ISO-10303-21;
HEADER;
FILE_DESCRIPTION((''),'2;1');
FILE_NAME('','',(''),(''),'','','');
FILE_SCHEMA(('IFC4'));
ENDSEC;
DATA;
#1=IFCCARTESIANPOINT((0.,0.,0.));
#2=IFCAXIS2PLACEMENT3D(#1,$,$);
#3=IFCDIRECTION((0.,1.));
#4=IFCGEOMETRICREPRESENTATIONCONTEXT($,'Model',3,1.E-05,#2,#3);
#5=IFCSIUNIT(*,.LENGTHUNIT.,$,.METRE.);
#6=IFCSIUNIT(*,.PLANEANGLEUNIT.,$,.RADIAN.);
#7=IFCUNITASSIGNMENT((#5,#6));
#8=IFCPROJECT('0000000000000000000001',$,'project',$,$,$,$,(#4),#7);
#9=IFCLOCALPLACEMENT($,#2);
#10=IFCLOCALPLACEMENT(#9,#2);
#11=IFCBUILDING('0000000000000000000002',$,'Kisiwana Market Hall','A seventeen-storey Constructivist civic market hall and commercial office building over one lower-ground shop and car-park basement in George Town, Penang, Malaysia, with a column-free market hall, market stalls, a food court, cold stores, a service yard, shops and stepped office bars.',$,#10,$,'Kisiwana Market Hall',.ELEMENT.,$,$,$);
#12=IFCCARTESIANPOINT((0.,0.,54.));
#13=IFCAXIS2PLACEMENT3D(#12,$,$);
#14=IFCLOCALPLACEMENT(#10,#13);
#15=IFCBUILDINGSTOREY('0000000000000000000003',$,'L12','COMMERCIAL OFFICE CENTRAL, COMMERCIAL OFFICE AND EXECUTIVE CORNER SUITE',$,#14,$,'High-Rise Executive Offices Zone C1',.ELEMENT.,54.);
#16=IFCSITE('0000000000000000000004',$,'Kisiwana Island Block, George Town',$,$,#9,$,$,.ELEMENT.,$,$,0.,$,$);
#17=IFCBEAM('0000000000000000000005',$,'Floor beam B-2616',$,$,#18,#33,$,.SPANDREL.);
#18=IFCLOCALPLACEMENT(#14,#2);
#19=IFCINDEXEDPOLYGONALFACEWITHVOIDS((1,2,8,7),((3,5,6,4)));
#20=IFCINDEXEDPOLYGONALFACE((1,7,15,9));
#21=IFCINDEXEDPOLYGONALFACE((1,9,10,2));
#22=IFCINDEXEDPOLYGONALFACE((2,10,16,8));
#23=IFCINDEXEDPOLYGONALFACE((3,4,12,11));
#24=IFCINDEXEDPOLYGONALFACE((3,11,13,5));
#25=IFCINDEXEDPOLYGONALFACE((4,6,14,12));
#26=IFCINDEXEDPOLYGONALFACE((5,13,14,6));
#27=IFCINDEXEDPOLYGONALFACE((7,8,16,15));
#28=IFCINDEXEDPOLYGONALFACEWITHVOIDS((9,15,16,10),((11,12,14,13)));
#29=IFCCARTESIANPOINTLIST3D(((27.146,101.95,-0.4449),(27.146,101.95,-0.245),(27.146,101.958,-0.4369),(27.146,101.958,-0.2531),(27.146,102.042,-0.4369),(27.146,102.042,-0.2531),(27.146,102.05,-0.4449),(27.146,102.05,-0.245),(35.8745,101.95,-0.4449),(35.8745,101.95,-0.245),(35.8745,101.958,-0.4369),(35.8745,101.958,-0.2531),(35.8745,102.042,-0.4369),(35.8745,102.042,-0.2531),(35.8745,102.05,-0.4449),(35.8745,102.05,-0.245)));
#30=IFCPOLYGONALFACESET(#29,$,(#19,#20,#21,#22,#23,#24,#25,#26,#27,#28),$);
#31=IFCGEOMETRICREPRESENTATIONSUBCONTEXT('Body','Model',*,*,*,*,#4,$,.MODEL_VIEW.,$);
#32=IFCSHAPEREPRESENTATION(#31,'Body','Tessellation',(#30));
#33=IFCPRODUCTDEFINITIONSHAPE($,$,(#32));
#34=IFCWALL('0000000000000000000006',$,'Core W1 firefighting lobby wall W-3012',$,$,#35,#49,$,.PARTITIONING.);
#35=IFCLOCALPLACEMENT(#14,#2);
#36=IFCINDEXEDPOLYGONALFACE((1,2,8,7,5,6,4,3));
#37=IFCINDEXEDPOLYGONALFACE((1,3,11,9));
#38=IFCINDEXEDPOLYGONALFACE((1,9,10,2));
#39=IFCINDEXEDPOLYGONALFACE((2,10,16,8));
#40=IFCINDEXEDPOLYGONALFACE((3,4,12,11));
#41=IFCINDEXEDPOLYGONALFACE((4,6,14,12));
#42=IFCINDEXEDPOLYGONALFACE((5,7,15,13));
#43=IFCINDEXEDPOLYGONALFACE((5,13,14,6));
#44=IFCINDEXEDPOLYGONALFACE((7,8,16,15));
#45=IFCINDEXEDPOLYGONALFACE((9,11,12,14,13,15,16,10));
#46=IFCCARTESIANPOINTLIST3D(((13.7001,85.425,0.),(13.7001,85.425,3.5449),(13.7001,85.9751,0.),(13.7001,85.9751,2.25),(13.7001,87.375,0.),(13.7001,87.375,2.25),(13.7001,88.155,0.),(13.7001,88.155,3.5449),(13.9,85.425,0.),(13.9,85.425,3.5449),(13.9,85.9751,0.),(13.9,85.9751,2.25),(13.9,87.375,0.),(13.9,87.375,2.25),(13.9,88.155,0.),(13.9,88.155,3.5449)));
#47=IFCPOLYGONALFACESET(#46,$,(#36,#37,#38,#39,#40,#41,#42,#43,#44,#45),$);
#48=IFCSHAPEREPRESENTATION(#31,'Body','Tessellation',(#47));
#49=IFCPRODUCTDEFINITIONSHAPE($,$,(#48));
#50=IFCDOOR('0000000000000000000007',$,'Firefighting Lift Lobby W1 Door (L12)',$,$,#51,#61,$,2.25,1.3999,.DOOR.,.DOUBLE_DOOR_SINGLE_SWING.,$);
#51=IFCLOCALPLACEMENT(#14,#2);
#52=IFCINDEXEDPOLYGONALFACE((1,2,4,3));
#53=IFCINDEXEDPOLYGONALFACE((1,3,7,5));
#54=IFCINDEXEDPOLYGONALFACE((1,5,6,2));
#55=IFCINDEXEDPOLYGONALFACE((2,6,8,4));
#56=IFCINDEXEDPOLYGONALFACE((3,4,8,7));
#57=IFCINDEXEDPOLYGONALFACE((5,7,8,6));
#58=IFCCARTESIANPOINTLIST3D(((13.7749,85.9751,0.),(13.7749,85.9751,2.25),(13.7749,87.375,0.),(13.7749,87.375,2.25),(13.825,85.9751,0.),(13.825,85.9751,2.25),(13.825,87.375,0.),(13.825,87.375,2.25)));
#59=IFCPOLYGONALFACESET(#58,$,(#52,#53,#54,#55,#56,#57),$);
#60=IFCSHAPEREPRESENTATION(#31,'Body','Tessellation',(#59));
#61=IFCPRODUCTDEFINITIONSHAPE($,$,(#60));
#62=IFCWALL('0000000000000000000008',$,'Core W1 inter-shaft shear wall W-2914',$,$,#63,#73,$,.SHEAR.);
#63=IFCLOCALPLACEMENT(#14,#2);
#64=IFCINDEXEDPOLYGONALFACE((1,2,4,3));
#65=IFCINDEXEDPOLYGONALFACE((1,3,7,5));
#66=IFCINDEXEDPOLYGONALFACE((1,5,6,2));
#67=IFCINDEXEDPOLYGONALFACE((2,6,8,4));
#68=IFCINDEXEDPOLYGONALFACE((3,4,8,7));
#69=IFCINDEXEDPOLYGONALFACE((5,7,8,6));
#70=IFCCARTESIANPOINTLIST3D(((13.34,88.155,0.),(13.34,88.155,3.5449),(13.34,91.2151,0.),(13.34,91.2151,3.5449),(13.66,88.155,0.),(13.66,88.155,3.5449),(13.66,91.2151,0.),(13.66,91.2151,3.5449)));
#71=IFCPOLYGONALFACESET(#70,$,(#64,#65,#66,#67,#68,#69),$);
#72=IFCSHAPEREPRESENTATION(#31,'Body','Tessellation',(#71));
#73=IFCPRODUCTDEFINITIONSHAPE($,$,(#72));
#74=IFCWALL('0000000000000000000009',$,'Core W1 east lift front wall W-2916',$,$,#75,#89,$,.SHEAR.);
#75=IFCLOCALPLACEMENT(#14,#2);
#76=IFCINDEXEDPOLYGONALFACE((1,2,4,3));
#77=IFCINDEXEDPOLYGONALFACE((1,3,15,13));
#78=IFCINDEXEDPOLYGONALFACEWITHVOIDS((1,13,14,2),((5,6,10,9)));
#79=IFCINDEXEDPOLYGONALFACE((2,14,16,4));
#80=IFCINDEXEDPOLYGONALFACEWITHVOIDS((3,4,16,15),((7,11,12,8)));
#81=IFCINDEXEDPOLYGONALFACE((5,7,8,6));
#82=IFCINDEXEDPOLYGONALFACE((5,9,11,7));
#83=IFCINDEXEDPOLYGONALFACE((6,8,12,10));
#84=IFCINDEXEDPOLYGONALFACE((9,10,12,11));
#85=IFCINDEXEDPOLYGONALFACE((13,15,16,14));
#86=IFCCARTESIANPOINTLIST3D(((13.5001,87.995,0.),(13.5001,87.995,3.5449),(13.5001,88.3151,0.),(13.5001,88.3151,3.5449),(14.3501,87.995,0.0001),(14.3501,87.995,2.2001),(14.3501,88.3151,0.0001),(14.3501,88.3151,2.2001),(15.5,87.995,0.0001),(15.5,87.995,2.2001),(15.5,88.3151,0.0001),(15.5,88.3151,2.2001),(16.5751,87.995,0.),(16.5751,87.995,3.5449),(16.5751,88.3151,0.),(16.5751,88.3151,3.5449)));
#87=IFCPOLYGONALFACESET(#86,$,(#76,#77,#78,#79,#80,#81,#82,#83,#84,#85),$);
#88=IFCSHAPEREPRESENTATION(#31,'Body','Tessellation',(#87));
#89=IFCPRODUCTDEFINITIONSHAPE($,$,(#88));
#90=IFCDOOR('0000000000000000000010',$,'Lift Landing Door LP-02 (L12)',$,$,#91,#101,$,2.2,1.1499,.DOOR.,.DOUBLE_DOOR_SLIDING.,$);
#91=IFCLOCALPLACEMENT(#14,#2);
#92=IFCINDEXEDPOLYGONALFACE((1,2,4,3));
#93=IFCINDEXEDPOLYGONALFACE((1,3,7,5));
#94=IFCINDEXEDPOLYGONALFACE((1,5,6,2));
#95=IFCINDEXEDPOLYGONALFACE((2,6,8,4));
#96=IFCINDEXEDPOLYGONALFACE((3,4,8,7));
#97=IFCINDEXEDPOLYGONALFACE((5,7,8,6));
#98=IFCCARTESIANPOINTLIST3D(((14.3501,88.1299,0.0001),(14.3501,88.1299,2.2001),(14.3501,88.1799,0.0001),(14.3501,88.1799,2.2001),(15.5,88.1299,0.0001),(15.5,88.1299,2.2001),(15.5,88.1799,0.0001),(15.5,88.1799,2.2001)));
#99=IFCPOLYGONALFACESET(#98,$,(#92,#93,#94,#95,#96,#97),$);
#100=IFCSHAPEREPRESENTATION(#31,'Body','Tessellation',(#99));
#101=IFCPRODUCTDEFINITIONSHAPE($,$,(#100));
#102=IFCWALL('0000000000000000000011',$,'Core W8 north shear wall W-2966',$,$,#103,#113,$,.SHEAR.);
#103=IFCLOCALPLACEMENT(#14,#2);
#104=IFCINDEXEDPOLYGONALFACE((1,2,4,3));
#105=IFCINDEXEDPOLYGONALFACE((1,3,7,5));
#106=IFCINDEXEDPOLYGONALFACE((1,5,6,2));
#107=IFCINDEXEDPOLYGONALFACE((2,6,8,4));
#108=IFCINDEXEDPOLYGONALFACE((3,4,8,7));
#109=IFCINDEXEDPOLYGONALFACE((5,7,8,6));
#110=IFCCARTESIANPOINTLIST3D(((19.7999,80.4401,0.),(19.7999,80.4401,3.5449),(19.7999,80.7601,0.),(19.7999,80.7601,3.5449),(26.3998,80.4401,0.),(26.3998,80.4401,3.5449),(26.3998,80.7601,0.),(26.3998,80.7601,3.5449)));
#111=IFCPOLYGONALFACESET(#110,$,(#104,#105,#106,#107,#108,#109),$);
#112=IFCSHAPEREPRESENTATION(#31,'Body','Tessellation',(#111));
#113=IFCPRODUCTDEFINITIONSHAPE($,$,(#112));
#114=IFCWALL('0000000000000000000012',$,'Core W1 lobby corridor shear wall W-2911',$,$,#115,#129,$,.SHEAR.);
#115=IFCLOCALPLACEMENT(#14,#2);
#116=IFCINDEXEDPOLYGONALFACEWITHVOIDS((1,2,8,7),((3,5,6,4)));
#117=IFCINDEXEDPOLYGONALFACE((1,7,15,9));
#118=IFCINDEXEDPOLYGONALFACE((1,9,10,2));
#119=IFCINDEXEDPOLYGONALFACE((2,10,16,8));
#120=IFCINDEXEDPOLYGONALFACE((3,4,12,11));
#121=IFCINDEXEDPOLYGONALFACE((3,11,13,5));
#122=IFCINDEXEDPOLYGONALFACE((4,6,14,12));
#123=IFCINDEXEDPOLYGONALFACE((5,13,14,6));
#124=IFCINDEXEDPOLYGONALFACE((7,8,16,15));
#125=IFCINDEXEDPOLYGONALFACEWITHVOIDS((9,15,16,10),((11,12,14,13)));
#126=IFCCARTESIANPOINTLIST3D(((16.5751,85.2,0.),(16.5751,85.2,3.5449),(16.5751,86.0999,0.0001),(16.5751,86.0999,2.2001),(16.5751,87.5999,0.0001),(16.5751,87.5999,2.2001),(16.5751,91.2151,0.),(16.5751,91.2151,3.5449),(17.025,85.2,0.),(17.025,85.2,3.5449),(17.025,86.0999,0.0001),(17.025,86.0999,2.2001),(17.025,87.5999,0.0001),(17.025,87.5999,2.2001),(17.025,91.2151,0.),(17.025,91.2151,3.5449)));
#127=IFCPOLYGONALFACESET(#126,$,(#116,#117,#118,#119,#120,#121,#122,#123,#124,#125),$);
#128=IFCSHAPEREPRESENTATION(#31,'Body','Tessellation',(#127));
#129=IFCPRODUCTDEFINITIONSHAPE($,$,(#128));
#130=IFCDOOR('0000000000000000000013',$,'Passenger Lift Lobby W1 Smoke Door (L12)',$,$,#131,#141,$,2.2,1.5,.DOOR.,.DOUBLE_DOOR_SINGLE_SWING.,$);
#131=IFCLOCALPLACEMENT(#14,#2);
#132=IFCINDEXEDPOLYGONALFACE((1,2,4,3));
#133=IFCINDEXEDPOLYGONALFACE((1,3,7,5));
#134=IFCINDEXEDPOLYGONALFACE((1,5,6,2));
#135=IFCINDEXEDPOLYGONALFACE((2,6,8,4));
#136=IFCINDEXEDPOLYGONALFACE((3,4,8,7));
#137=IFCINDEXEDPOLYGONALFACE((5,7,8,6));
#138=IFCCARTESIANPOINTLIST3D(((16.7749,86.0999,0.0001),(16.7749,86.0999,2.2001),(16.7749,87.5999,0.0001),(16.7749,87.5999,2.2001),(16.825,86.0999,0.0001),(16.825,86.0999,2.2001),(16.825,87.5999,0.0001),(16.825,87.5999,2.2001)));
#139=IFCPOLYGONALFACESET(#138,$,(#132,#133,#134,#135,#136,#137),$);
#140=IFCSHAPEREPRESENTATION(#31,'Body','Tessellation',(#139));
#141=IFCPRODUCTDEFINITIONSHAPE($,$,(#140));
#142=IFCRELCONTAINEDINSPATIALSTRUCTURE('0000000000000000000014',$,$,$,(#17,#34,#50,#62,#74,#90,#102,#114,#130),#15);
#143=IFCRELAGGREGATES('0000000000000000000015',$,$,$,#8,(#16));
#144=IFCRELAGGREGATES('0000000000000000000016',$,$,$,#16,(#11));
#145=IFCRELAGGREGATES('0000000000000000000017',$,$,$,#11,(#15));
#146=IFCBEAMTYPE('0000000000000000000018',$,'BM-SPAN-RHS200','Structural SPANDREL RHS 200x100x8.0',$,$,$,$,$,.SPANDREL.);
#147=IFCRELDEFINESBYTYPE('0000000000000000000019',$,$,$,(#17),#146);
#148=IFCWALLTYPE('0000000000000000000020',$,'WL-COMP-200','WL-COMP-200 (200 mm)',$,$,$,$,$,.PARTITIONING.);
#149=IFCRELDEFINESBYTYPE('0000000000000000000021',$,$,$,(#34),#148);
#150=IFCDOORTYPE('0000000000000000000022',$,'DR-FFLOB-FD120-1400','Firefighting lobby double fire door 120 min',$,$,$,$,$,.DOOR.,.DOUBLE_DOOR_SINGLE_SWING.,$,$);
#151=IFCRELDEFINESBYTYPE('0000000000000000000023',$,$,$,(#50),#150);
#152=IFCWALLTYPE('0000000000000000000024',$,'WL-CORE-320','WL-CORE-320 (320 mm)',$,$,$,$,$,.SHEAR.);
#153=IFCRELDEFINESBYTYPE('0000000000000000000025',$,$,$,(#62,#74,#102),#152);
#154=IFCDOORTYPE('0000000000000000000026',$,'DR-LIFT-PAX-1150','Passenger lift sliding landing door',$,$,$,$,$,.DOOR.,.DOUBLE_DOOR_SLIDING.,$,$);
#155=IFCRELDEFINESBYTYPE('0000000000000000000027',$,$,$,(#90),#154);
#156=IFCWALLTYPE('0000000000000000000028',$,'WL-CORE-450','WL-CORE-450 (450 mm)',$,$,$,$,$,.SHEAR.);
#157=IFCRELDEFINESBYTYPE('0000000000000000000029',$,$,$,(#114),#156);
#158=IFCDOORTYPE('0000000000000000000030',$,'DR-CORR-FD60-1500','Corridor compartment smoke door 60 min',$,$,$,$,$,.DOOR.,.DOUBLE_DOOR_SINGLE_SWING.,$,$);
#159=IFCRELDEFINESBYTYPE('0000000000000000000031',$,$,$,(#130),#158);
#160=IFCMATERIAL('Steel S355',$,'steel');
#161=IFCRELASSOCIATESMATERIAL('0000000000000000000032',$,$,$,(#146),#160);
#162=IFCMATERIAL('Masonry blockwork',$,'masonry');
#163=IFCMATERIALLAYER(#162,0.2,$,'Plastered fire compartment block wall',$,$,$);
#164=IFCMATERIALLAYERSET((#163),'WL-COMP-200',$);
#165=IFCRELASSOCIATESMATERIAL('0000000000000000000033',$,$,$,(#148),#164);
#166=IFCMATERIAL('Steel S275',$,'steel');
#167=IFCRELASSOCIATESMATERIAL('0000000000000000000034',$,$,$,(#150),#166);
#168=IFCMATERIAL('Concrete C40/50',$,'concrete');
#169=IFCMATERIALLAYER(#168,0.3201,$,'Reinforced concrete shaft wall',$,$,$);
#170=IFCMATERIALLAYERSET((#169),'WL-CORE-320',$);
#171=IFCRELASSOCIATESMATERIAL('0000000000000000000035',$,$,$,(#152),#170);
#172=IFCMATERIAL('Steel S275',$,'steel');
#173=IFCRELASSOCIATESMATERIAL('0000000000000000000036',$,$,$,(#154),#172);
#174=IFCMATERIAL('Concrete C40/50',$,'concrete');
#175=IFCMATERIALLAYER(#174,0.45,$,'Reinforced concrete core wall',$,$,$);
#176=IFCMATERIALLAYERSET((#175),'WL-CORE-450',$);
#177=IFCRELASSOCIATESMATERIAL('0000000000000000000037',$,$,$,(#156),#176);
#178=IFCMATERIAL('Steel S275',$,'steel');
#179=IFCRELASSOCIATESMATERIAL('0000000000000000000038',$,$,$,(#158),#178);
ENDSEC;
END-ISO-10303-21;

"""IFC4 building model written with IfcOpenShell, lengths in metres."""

from ifc_helpers import new_model, si_unit, direction, frame, frame_2d, origin, origin_2d, place, context, subcontext, project, spatial, rectangle, hollow_rectangle, extrude, material, layer, layer_set, material_profile, profile_set, type_object, element, fill, save


model = new_model("IFC4")

# Units and contexts
model_context = context("Model", 3, precision=1e-05, world=origin(), true_north=direction((0.0, 1.0)))
body_context = subcontext(model_context, "Body", "Model", "MODEL_VIEW")
ifc_project = project(units=[si_unit("LENGTHUNIT", "METRE"), si_unit("PLANEANGLEUNIT", "RADIAN")], contexts=[model_context])

# Site, building, storey
site_placement = place(None, origin())
site = spatial("IfcSite", under=ifc_project, at=site_placement, Name="Kisiwana Island Block, George Town", CompositionType="ELEMENT", RefElevation=0.0)
building_placement = place(site_placement, origin())
building = spatial("IfcBuilding", under=site, at=building_placement, Name="Kisiwana Market Hall", Description="A seventeen-storey Constructivist civic market hall and commercial office building over one lower-ground shop and car-park basement in George Town, Penang, Malaysia, with a column-free market hall, market stalls, a food court, cold stores, a service yard, shops and stepped office bars.", LongName="Kisiwana Market Hall", CompositionType="ELEMENT")
storey_placement = place(building_placement, frame((0.0, 0.0, 54.0)))
storey = spatial("IfcBuildingStorey", under=building, at=storey_placement, Name="L12", Description="COMMERCIAL OFFICE CENTRAL, COMMERCIAL OFFICE AND EXECUTIVE CORNER SUITE", LongName="High-Rise Executive Offices Zone C1", CompositionType="ELEMENT", Elevation=54.0)

# Beam
ifc_material_1 = material(Name="Steel S355", Category="steel")
ifc_material_profile_1 = material_profile(ifc_material_1, hollow_rectangle(XDim=0.1001, YDim=0.2, WallThickness=0.0081, at=origin_2d()), Name="RHS 200x100x8.0")
ifc_profile_set_1 = profile_set([ifc_material_profile_1], Name="Steel S355")
beam_type_1 = type_object("IfcBeamType", Name="BM-SPAN-RHS200", Description="Structural SPANDREL RHS 200x100x8.0", PredefinedType="SPANDREL", material=ifc_profile_set_1)
beam_1_placement = place(storey_placement, frame((27.146, 102.0, -0.345), z_axis=(1.0, 0.0, 0.0), x_axis=(0.0, 1.0, 0.0)))
element("IfcBeam", 1, at=beam_1_placement, inside=storey, type_object=beam_type_1, Name="Floor beam B-2616", PredefinedType="SPANDREL", context=body_context, shape_type="SweptSolid", body=[
    extrude(hollow_rectangle(XDim=0.1001, YDim=0.2, WallThickness=0.0081, at=origin_2d()), origin(), (0.0, 0.0, 1.0), 8.7285),
])

# Wall, opening, door
ifc_material_2 = material(Name="Masonry blockwork", Category="masonry")
ifc_layer_1 = layer(ifc_material_2, 0.2, Name="Plastered fire compartment block wall")
ifc_layer_set_1 = layer_set([ifc_layer_1], Name="WL-COMP-200")
wall_type_1 = type_object("IfcWallType", Name="WL-COMP-200", Description="WL-COMP-200 (200 mm)", PredefinedType="PARTITIONING", material=ifc_layer_set_1)
wall_1_placement = place(storey_placement, frame((13.8, 85.425, 0.0), z_axis=(0.0, 0.0, 1.0), x_axis=(0.0, 1.0, 0.0)))
wall_1 = element("IfcWall", 2, at=wall_1_placement, inside=storey, type_object=wall_type_1, Name="Core W1 firefighting lobby wall W-3012", PredefinedType="PARTITIONING", context=body_context, shape_type="SweptSolid", body=[
    extrude(rectangle(XDim=2.73, YDim=0.2, at=frame_2d((1.365, 0.0))), origin(), (0.0, 0.0, 1.0), 3.5449),
])
opening_1_placement = place(wall_1_placement, frame((0.55, 0.0, 0.0)))
opening_1 = element("IfcOpeningElement", 3, at=opening_1_placement, cuts=wall_1, PredefinedType="OPENING", context=body_context, shape_type="SweptSolid", body=[
    extrude(rectangle(XDim=1.3999, YDim=2.25, at=frame_2d((0.7, 1.125))), frame((0.0, 0.1118, 0.0), z_axis=(0.0, -1.0, 0.0), x_axis=(1.0, 0.0, 0.0)), (0.0, 0.0, 1.0), 0.2239),
])
ifc_material_3 = material(Name="Steel S275", Category="steel")
door_type_1 = type_object("IfcDoorType", Name="DR-FFLOB-FD120-1400", Description="Firefighting lobby double fire door 120 min", OperationType="DOUBLE_DOOR_SINGLE_SWING", PredefinedType="DOOR", material=ifc_material_3)
door_1_placement = place(opening_1_placement, frame((1.3999, 0.0, 0.0), z_axis=(0.0, 0.0, 1.0), x_axis=(-1.0, 0.0, 0.0)))
door_1 = element("IfcDoor", 4, at=door_1_placement, inside=storey, type_object=door_type_1, Name="Firefighting Lift Lobby W1 Door (L12)", OperationType="DOUBLE_DOOR_SINGLE_SWING", OverallHeight=2.25, OverallWidth=1.3999, PredefinedType="DOOR", context=body_context, shape_type="SweptSolid", body=[
    extrude(rectangle(XDim=1.3999, YDim=2.25, at=frame_2d((0.7, 1.125))), frame((0.0, 0.0249, 0.0), z_axis=(0.0, -1.0, 0.0), x_axis=(1.0, 0.0, 0.0)), (0.0, 0.0, 1.0), 0.05),
])
fill(opening_1, door_1)

# Wall
ifc_material_4 = material(Name="Concrete C40/50", Category="concrete")
ifc_layer_2 = layer(ifc_material_4, 0.3201, Name="Reinforced concrete shaft wall")
ifc_layer_set_2 = layer_set([ifc_layer_2], Name="WL-CORE-320")
wall_type_2 = type_object("IfcWallType", Name="WL-CORE-320", Description="WL-CORE-320 (320 mm)", PredefinedType="SHEAR", material=ifc_layer_set_2)
wall_2_placement = place(storey_placement, frame((13.5, 88.155, 0.0), z_axis=(0.0, 0.0, 1.0), x_axis=(0.0, 1.0, 0.0)))
element("IfcWall", 5, at=wall_2_placement, inside=storey, type_object=wall_type_2, Name="Core W1 inter-shaft shear wall W-2914", PredefinedType="SHEAR", context=body_context, shape_type="SweptSolid", body=[
    extrude(rectangle(XDim=3.0601, YDim=0.3201, at=frame_2d((1.53, 0.0))), origin(), (0.0, 0.0, 1.0), 3.5449),
])

# Wall, opening, door
wall_3_placement = place(storey_placement, frame((13.5, 88.155, 0.0), z_axis=(0.0, 0.0, 1.0), x_axis=(1.0, 0.0, 0.0)))
wall_3 = element("IfcWall", 6, at=wall_3_placement, inside=storey, type_object=wall_type_2, Name="Core W1 east lift front wall W-2916", PredefinedType="SHEAR", context=body_context, shape_type="SweptSolid", body=[
    extrude(rectangle(XDim=3.075, YDim=0.3201, at=frame_2d((1.5376, 0.0))), origin(), (0.0, 0.0, 1.0), 3.5449),
])
opening_2_placement = place(wall_3_placement, frame((0.8501, 0.0, 0.0)))
opening_2 = element("IfcOpeningElement", 7, at=opening_2_placement, cuts=wall_3, PredefinedType="OPENING", context=body_context, shape_type="SweptSolid", body=[
    extrude(rectangle(XDim=1.1499, YDim=2.2, at=frame_2d((0.575, 1.1001))), frame((0.0, 0.1719, 0.0), z_axis=(0.0, -1.0, 0.0), x_axis=(1.0, 0.0, 0.0)), (0.0, 0.0, 1.0), 0.344),
])
ifc_material_5 = material(Name="Steel S275", Category="steel")
door_type_2 = type_object("IfcDoorType", Name="DR-LIFT-PAX-1150", Description="Passenger lift sliding landing door", OperationType="DOUBLE_DOOR_SLIDING", PredefinedType="DOOR", material=ifc_material_5)
door_2_placement = place(opening_2_placement, origin())
door_2 = element("IfcDoor", 8, at=door_2_placement, inside=storey, type_object=door_type_2, Name="Lift Landing Door LP-02 (L12)", OperationType="DOUBLE_DOOR_SLIDING", OverallHeight=2.2, OverallWidth=1.1499, PredefinedType="DOOR", context=body_context, shape_type="SweptSolid", body=[
    extrude(rectangle(XDim=1.1499, YDim=2.2, at=frame_2d((0.575, 1.1001))), frame((0.0, 0.0249, 0.0), z_axis=(0.0, -1.0, 0.0), x_axis=(1.0, 0.0, 0.0)), (0.0, 0.0, 1.0), 0.05),
])
fill(opening_2, door_2)

# Wall
wall_4_placement = place(storey_placement, frame((19.8, 80.6001, 0.0), z_axis=(0.0, 0.0, 1.0), x_axis=(1.0, 0.0, 0.0)))
element("IfcWall", 9, at=wall_4_placement, inside=storey, type_object=wall_type_2, Name="Core W8 north shear wall W-2966", PredefinedType="SHEAR", context=body_context, shape_type="SweptSolid", body=[
    extrude(rectangle(XDim=6.5999, YDim=0.3201, at=frame_2d((3.2998, 0.0))), origin(), (0.0, 0.0, 1.0), 3.5449),
])

# Wall, opening, door
ifc_material_6 = material(Name="Concrete C40/50", Category="concrete")
ifc_layer_3 = layer(ifc_material_6, 0.45, Name="Reinforced concrete core wall")
ifc_layer_set_3 = layer_set([ifc_layer_3], Name="WL-CORE-450")
wall_type_3 = type_object("IfcWallType", Name="WL-CORE-450", Description="WL-CORE-450 (450 mm)", PredefinedType="SHEAR", material=ifc_layer_set_3)
wall_5_placement = place(storey_placement, frame((16.8, 85.2, 0.0), z_axis=(0.0, 0.0, 1.0), x_axis=(0.0, 1.0, 0.0)))
wall_5 = element("IfcWall", 10, at=wall_5_placement, inside=storey, type_object=wall_type_3, Name="Core W1 lobby corridor shear wall W-2911", PredefinedType="SHEAR", context=body_context, shape_type="SweptSolid", body=[
    extrude(rectangle(XDim=6.0151, YDim=0.45, at=frame_2d((3.0076, 0.0))), origin(), (0.0, 0.0, 1.0), 3.5449),
])
opening_3_placement = place(wall_5_placement, frame((0.8999, 0.0, 0.0)))
opening_3 = element("IfcOpeningElement", 11, at=opening_3_placement, cuts=wall_5, PredefinedType="OPENING", context=body_context, shape_type="SweptSolid", body=[
    extrude(rectangle(XDim=1.5, YDim=2.2, at=frame_2d((0.75, 1.1001))), frame((0.0, 0.2368, 0.0), z_axis=(0.0, -1.0, 0.0), x_axis=(1.0, 0.0, 0.0)), (0.0, 0.0, 1.0), 0.4739),
])
ifc_material_7 = material(Name="Steel S275", Category="steel")
door_type_3 = type_object("IfcDoorType", Name="DR-CORR-FD60-1500", Description="Corridor compartment smoke door 60 min", OperationType="DOUBLE_DOOR_SINGLE_SWING", PredefinedType="DOOR", material=ifc_material_7)
door_3_placement = place(opening_3_placement, frame((1.5, 0.0, 0.0), z_axis=(0.0, 0.0, 1.0), x_axis=(-1.0, 0.0, 0.0)))
door_3 = element("IfcDoor", 12, at=door_3_placement, inside=storey, type_object=door_type_3, Name="Passenger Lift Lobby W1 Smoke Door (L12)", OperationType="DOUBLE_DOOR_SINGLE_SWING", OverallHeight=2.2, OverallWidth=1.5, PredefinedType="DOOR", context=body_context, shape_type="SweptSolid", body=[
    extrude(rectangle(XDim=1.5, YDim=2.2, at=frame_2d((0.75, 1.1001))), frame((0.0, 0.0249, 0.0), z_axis=(0.0, -1.0, 0.0), x_axis=(1.0, 0.0, 0.0)), (0.0, 0.0, 1.0), 0.05),
])
fill(opening_3, door_3)

save(model, "model.ifc")
